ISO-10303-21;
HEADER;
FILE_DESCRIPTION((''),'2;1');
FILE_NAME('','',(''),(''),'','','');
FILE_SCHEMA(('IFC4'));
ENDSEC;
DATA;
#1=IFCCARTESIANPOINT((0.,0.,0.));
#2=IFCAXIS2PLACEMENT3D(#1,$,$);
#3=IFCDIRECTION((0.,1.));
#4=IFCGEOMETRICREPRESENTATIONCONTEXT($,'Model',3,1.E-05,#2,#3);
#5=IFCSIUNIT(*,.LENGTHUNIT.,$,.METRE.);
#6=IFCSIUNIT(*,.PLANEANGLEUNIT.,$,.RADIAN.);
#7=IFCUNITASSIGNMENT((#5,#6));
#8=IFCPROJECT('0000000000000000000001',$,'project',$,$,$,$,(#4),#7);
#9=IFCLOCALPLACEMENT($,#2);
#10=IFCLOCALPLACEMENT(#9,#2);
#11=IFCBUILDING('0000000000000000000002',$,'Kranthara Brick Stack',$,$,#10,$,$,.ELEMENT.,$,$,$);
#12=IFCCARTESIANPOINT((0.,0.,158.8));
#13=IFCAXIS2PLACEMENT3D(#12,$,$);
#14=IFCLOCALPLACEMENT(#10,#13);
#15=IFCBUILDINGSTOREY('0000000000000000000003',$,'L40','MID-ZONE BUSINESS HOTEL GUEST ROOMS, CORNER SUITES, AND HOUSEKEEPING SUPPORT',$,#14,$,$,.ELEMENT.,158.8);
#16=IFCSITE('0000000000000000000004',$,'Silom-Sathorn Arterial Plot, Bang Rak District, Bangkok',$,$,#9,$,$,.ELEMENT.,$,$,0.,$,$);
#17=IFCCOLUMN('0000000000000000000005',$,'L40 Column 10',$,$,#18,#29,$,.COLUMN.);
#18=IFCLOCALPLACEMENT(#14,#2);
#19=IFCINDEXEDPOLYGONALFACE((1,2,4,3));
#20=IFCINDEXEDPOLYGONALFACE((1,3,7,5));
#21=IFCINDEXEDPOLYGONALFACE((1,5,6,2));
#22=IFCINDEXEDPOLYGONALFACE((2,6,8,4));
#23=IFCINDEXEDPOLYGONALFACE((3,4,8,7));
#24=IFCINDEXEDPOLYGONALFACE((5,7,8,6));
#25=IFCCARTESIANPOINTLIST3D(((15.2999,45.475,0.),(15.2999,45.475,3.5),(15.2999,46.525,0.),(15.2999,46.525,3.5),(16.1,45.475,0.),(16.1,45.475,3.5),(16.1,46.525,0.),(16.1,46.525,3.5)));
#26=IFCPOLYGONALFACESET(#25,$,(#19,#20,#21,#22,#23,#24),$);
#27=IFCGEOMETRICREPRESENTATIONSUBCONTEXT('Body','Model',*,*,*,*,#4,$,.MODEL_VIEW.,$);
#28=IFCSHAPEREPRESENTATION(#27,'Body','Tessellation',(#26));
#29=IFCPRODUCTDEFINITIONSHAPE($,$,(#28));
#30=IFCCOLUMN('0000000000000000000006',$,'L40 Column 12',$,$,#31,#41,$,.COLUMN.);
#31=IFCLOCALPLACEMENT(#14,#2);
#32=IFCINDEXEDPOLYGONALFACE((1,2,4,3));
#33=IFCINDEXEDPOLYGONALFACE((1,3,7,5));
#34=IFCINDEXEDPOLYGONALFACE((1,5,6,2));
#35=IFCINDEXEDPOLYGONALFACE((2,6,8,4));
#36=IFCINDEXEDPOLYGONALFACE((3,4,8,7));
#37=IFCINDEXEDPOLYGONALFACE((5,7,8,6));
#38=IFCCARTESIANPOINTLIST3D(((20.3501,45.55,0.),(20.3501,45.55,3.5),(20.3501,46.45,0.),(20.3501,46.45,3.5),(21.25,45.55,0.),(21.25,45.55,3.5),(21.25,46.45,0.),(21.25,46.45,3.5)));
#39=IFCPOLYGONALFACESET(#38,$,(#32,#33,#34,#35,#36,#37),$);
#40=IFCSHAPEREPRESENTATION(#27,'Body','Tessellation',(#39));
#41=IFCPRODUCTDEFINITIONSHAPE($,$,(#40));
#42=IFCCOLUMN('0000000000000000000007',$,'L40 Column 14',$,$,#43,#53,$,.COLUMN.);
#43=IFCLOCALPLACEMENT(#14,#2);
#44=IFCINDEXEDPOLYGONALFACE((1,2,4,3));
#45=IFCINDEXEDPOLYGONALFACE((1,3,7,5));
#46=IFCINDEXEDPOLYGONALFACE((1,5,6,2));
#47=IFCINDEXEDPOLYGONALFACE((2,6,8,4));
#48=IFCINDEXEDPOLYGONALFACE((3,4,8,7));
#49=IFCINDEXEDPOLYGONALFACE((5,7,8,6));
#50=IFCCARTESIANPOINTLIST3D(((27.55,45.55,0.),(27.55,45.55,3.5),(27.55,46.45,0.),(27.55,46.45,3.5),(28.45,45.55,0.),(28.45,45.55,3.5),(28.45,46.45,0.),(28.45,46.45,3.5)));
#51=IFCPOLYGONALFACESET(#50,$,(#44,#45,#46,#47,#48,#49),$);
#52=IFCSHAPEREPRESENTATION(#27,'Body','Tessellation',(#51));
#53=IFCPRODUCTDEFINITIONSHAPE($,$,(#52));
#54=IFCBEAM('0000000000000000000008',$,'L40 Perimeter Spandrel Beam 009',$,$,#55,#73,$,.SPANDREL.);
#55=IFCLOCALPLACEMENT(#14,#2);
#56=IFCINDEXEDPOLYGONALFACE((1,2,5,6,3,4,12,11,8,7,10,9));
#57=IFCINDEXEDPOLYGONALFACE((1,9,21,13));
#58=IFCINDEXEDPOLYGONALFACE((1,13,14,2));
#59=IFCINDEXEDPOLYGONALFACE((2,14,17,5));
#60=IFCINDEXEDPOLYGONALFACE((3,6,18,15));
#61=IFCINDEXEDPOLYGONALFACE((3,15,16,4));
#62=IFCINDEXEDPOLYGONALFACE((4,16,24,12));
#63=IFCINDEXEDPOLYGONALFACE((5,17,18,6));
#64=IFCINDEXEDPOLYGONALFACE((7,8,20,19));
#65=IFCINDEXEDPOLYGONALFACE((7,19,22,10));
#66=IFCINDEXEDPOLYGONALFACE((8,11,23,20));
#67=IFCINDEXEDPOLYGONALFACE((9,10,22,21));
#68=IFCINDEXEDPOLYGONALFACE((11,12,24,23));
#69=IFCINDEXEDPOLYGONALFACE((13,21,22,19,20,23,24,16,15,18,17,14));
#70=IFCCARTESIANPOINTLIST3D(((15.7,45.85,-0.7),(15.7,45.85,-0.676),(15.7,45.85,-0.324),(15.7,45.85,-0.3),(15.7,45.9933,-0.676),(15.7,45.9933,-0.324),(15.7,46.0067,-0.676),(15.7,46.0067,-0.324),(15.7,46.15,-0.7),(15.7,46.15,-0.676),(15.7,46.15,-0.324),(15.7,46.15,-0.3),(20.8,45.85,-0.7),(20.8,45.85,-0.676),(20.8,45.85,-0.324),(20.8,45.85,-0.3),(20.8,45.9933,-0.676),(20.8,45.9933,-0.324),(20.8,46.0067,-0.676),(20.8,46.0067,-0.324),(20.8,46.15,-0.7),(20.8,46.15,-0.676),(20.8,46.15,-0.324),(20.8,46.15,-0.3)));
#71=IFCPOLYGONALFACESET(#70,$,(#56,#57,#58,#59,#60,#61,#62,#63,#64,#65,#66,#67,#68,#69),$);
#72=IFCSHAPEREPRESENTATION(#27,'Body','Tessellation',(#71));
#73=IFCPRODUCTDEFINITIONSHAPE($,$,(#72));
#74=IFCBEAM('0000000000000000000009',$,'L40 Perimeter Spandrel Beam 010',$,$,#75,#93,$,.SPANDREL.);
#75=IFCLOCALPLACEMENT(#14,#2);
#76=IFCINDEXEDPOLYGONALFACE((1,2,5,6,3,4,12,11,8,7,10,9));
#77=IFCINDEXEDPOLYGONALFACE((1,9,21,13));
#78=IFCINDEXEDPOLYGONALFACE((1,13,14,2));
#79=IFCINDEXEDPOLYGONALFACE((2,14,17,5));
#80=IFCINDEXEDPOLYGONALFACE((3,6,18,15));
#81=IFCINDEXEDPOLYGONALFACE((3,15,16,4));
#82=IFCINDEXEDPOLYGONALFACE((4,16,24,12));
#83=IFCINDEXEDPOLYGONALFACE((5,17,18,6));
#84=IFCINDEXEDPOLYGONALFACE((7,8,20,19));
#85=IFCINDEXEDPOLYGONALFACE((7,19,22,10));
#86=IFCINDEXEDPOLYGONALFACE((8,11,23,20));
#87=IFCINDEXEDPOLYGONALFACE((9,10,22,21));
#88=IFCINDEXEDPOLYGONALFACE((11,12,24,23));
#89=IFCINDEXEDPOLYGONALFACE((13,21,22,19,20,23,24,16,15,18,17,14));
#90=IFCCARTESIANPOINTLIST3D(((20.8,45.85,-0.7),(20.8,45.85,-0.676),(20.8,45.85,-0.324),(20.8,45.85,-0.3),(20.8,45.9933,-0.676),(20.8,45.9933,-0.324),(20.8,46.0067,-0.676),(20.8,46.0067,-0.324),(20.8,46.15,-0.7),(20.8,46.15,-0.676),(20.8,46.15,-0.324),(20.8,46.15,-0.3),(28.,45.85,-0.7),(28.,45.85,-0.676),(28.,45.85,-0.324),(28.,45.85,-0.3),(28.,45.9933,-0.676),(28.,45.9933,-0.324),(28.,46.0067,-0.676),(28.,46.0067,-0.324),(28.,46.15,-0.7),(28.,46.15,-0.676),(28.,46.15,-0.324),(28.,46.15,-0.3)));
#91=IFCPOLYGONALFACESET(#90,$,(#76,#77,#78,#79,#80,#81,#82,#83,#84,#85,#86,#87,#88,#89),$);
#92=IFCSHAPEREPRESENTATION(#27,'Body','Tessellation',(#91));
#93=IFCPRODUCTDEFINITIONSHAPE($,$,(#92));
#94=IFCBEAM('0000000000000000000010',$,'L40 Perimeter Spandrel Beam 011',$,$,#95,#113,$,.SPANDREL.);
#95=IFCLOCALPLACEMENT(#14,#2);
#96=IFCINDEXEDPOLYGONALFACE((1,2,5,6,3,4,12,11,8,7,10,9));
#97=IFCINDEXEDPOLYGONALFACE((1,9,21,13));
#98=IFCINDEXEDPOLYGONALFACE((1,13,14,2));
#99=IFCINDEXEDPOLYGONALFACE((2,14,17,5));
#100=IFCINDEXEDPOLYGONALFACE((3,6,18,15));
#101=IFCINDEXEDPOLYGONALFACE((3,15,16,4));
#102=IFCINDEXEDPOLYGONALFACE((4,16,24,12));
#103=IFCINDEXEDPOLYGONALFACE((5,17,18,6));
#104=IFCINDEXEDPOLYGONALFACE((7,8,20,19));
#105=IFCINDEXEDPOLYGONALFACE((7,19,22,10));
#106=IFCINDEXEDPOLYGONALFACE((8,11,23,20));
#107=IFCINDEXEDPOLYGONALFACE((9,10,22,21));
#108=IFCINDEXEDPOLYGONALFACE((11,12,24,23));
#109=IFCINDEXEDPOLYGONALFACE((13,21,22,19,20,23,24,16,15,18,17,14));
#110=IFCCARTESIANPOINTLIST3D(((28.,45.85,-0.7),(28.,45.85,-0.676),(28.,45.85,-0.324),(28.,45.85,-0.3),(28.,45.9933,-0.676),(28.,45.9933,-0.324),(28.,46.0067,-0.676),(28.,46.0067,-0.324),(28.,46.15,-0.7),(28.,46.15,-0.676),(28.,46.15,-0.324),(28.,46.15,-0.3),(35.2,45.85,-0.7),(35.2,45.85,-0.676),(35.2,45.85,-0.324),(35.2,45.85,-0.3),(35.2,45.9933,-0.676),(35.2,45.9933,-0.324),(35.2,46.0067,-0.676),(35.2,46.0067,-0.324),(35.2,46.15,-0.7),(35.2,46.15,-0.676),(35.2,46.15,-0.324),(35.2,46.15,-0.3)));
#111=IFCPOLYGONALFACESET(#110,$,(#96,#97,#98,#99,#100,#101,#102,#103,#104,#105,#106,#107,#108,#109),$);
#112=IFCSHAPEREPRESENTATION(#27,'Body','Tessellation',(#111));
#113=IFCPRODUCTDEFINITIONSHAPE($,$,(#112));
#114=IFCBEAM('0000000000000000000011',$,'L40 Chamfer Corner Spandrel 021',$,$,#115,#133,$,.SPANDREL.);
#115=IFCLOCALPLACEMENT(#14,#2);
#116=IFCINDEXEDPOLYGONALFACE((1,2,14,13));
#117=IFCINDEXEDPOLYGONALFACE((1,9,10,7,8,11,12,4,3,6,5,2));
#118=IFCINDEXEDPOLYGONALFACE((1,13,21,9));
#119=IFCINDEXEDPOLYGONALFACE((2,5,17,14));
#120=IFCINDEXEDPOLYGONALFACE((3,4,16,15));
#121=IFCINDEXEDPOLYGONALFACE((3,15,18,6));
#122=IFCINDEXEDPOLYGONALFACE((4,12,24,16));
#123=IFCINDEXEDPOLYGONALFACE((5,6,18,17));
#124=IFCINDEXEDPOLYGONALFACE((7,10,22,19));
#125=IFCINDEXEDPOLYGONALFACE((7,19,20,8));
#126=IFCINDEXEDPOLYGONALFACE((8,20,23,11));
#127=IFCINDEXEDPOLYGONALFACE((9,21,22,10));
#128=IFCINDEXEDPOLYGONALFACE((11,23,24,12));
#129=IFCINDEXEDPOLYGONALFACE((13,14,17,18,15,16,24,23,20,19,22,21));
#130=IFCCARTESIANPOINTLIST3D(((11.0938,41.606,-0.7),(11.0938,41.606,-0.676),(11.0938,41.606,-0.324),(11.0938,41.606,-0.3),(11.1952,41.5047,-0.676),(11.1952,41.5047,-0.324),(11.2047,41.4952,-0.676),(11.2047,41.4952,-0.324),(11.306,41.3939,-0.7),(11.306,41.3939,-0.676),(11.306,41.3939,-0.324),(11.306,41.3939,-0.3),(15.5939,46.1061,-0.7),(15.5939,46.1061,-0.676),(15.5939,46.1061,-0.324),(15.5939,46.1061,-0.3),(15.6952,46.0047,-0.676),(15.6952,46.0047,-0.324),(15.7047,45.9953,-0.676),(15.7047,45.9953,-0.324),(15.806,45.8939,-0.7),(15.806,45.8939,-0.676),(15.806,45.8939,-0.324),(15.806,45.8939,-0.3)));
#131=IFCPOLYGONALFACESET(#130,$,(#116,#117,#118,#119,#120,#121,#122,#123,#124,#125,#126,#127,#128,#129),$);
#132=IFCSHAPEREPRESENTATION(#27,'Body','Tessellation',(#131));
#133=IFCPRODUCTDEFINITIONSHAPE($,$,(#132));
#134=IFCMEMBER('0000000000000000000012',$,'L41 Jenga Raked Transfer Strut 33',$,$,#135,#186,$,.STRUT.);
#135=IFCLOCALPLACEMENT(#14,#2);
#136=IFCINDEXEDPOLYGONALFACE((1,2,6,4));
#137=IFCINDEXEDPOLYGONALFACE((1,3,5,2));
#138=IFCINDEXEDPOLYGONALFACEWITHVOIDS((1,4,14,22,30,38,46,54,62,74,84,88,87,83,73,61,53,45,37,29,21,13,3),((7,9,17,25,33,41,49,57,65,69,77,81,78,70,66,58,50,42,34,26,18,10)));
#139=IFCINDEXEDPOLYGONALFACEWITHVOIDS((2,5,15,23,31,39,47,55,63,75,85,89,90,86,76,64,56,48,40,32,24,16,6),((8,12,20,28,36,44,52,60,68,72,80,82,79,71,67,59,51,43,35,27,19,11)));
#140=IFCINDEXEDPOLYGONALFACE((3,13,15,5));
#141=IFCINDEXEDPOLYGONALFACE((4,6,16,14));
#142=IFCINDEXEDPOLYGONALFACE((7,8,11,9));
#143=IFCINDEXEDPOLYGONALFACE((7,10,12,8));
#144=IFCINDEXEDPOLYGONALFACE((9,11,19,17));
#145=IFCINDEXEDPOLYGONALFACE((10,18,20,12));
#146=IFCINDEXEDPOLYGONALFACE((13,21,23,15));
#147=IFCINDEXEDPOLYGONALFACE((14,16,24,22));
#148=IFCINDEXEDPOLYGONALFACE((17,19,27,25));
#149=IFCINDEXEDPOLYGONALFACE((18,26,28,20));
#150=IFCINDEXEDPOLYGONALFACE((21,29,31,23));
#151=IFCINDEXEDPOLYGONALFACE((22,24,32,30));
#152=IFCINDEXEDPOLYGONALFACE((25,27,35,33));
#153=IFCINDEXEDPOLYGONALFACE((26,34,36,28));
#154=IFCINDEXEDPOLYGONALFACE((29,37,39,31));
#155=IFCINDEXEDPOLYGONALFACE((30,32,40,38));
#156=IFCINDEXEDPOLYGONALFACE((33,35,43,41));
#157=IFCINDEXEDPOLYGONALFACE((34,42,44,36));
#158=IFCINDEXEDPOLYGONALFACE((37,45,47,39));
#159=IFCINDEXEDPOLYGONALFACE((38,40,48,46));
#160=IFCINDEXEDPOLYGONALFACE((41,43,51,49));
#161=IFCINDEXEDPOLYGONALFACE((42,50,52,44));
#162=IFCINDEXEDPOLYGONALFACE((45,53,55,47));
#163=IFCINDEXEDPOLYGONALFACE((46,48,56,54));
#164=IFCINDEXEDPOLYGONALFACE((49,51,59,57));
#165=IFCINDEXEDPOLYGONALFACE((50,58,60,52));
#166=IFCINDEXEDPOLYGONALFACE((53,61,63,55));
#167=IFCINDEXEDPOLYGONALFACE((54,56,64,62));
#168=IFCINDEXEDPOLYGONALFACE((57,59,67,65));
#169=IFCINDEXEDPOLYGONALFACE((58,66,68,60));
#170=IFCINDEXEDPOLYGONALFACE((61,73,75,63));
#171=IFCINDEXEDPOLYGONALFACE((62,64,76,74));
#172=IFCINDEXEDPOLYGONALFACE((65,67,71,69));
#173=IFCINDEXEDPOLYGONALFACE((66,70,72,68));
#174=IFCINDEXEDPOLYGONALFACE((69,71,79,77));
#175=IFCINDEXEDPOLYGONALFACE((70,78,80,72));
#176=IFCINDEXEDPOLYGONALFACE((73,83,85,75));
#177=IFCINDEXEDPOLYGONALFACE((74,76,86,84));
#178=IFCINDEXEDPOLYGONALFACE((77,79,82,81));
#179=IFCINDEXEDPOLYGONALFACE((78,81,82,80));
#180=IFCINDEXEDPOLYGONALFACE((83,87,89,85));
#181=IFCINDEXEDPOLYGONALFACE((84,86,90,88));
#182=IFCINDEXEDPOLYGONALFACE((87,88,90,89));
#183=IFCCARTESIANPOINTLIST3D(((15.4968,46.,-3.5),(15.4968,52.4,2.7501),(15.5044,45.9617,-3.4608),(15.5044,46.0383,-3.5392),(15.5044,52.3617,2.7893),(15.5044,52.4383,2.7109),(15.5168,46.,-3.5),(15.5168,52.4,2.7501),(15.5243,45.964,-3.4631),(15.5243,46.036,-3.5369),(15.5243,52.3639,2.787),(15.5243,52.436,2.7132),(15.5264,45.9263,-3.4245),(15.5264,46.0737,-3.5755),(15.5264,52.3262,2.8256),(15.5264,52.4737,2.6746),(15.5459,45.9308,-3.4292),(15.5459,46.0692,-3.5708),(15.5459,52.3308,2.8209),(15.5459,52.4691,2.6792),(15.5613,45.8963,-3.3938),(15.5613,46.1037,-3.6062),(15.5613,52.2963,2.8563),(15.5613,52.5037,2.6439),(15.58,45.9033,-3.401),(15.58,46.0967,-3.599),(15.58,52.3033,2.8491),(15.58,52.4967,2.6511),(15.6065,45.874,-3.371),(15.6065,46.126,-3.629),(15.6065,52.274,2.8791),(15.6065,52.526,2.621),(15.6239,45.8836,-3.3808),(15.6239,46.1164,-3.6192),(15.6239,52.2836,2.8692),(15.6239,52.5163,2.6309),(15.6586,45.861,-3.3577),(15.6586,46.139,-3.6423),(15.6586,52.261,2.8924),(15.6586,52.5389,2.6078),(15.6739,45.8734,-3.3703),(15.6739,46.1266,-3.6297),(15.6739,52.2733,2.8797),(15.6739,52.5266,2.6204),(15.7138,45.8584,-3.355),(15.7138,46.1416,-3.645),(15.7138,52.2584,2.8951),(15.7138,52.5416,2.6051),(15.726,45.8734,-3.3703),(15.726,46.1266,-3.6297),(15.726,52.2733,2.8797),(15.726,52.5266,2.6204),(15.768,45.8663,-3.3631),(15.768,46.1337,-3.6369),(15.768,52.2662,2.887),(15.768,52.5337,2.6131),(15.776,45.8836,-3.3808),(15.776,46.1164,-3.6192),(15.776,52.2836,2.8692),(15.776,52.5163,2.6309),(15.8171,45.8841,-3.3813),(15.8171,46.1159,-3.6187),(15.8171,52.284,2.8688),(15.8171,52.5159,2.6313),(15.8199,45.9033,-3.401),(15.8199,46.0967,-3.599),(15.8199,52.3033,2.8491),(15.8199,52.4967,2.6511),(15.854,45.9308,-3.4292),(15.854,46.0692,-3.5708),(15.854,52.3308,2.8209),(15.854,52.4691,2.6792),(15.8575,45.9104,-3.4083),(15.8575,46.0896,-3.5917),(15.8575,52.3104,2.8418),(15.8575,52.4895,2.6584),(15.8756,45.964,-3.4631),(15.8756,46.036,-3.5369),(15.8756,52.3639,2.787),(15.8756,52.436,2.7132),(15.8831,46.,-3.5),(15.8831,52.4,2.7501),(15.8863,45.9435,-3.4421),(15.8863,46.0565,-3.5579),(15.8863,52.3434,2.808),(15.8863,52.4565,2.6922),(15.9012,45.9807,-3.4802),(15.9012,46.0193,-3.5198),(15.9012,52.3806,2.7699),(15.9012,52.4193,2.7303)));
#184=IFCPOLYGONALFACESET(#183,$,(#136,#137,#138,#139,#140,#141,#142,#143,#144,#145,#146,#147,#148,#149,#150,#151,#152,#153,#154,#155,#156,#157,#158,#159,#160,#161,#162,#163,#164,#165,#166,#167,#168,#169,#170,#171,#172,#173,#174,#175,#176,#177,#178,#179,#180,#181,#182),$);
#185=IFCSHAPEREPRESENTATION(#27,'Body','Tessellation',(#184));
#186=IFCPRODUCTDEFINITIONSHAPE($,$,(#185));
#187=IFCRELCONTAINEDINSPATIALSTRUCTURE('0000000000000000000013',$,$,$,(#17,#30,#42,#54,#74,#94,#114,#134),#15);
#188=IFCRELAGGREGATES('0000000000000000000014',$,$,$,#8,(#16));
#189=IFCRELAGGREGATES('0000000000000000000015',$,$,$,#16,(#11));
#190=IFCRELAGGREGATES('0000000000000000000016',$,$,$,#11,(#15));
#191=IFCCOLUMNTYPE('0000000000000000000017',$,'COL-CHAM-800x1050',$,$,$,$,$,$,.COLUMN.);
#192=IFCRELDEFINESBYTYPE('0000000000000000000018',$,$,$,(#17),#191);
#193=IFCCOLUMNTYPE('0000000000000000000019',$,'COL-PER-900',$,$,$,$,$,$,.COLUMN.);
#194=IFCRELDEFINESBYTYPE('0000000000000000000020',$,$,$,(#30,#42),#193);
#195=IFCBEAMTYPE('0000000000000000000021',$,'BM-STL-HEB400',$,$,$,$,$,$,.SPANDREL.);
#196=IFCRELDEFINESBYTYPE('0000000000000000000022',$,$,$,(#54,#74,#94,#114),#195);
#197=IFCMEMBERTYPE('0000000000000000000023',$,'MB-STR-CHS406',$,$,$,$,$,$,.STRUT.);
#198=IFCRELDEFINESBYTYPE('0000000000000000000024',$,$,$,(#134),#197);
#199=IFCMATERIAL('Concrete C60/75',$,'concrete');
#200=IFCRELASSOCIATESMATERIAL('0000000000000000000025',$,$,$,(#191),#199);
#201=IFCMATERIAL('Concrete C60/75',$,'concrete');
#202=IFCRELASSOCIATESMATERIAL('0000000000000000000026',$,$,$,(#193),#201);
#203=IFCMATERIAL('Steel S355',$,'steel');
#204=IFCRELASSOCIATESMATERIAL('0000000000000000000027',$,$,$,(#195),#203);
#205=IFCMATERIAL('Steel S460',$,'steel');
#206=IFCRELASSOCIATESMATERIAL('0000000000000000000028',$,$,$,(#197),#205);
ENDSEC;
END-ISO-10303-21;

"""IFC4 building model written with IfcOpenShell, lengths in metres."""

from ifc_helpers import new_model, si_unit, direction, frame, origin, origin_2d, place, context, subcontext, project, spatial, rectangle, hollow_circle, i_section, extrude, material, material_profile, profile_set, type_object, element, save


model = new_model("IFC4")

# Units and contexts
model_context = context("Model", 3, precision=1e-05, world=origin(), true_north=direction((0.0, 1.0)))
body_context = subcontext(model_context, "Body", "Model", "MODEL_VIEW")
ifc_project = project(units=[si_unit("LENGTHUNIT", "METRE"), si_unit("PLANEANGLEUNIT", "RADIAN")], contexts=[model_context])

# Site, building, storey
site_placement = place(None, origin())
site = spatial("IfcSite", under=ifc_project, at=site_placement, Name="Silom-Sathorn Arterial Plot, Bang Rak District, Bangkok", CompositionType="ELEMENT", RefElevation=0.0)
building_placement = place(site_placement, origin())
building = spatial("IfcBuilding", under=site, at=building_placement, Name="Kranthara Brick Stack", CompositionType="ELEMENT")
storey_placement = place(building_placement, frame((0.0, 0.0, 158.8)))
storey = spatial("IfcBuildingStorey", under=building, at=storey_placement, Name="L40", Description="MID-ZONE BUSINESS HOTEL GUEST ROOMS, CORNER SUITES, AND HOUSEKEEPING SUPPORT", CompositionType="ELEMENT", Elevation=158.8)

# Columns
ifc_material_1 = material(Name="Concrete C60/75", Category="concrete")
ifc_material_profile_1 = material_profile(ifc_material_1, rectangle(XDim=0.8, YDim=1.05, at=origin_2d()), Name="RC 800x1050")
ifc_profile_set_1 = profile_set([ifc_material_profile_1], Name="Concrete C60/75")
column_type_1 = type_object("IfcColumnType", Name="COL-CHAM-800x1050", PredefinedType="COLUMN", material=ifc_profile_set_1)
column_placement = place(storey_placement, frame((15.7, 46.0, 0.0), z_axis=(0.0, 0.0, 1.0), x_axis=(1.0, 0.0, 0.0)))
element("IfcColumn", 1, at=column_placement, inside=storey, type_object=column_type_1, Name="L40 Column 10", PredefinedType="COLUMN", context=body_context, shape_type="SweptSolid", body=[
    extrude(rectangle(XDim=0.8, YDim=1.05, at=origin_2d()), origin(), (0.0, 0.0, 1.0), 3.5),
])
ifc_material_2 = material(Name="Concrete C60/75", Category="concrete")
ifc_material_profile_2 = material_profile(ifc_material_2, rectangle(XDim=0.8999, YDim=0.8999, at=origin_2d()), Name="RC 900x900")
ifc_profile_set_2 = profile_set([ifc_material_profile_2], Name="Concrete C60/75")
column_type_2 = type_object("IfcColumnType", Name="COL-PER-900", PredefinedType="COLUMN", material=ifc_profile_set_2)
for number, where, z_axis, x_axis, name in (
    (2, (20.8, 46.0, 0.0), (0.0, 0.0, 1.0), (1.0, 0.0, 0.0), "L40 Column 12"),
    (3, (28.0, 46.0, 0.0), (0.0, 0.0, 1.0), (1.0, 0.0, 0.0), "L40 Column 14"),
):
    element("IfcColumn", number, at=place(storey_placement, frame(where, z_axis=z_axis, x_axis=x_axis)), inside=storey, type_object=column_type_2, Name=name, PredefinedType="COLUMN", context=body_context, shape_type="SweptSolid", body=[
        extrude(rectangle(XDim=0.8999, YDim=0.8999, at=origin_2d()), origin(), (0.0, 0.0, 1.0), 3.5),
    ])

# Beams
ifc_material_3 = material(Name="Steel S355", Category="steel")
ifc_material_profile_3 = material_profile(ifc_material_3, i_section(OverallWidth=0.3, OverallDepth=0.3999, WebThickness=0.0134, FlangeThickness=0.0239, at=origin_2d()), Name="HEB 400")
ifc_profile_set_3 = profile_set([ifc_material_profile_3], Name="Steel S355")
beam_type = type_object("IfcBeamType", Name="BM-STL-HEB400", PredefinedType="SPANDREL", material=ifc_profile_set_3)
beam_1_placement = place(storey_placement, frame((15.7, 46.0, -0.5), z_axis=(1.0, 0.0, 0.0), x_axis=(0.0, 1.0, 0.0)))
element("IfcBeam", 4, at=beam_1_placement, inside=storey, type_object=beam_type, Name="L40 Perimeter Spandrel Beam 009", PredefinedType="SPANDREL", context=body_context, shape_type="SweptSolid", body=[
    extrude(i_section(OverallWidth=0.3, OverallDepth=0.3999, WebThickness=0.0134, FlangeThickness=0.0239, at=origin_2d()), origin(), (0.0, 0.0, 1.0), 5.1001),
])
for number, where, z_axis, x_axis, name in (
    (5, (20.8, 46.0, -0.5), (1.0, 0.0, 0.0), (0.0, 1.0, 0.0), "L40 Perimeter Spandrel Beam 010"),
    (6, (28.0, 46.0, -0.5), (1.0, 0.0, 0.0), (0.0, 1.0, 0.0), "L40 Perimeter Spandrel Beam 011"),
):
    element("IfcBeam", number, at=place(storey_placement, frame(where, z_axis=z_axis, x_axis=x_axis)), inside=storey, type_object=beam_type, Name=name, PredefinedType="SPANDREL", context=body_context, shape_type="SweptSolid", body=[
        extrude(i_section(OverallWidth=0.3, OverallDepth=0.3999, WebThickness=0.0134, FlangeThickness=0.0239, at=origin_2d()), origin(), (0.0, 0.0, 1.0), 7.2),
    ])
beam_2_placement = place(storey_placement, frame((15.7, 46.0, -0.5), z_axis=(-0.707107, -0.707107, 0.0), x_axis=(0.707107, -0.707107, 0.0)))
element("IfcBeam", 7, at=beam_2_placement, inside=storey, type_object=beam_type, Name="L40 Chamfer Corner Spandrel 021", PredefinedType="SPANDREL", context=body_context, shape_type="SweptSolid", body=[
    extrude(i_section(OverallWidth=0.3, OverallDepth=0.3999, WebThickness=0.0134, FlangeThickness=0.0239, at=origin_2d()), origin(), (0.0, 0.0, 1.0), 6.364),
])

# Member
ifc_material_4 = material(Name="Steel S460", Category="steel")
ifc_material_profile_4 = material_profile(ifc_material_4, hollow_circle(Radius=0.2031, WallThickness=0.02, at=origin_2d()), Name="CHS 406.4x20")
ifc_profile_set_4 = profile_set([ifc_material_profile_4], Name="Steel S460")
member_type = type_object("IfcMemberType", Name="MB-STR-CHS406", PredefinedType="STRUT", material=ifc_profile_set_4)
for number, where, z_axis, x_axis, name in (
    (8, (15.7, 46.0, -3.5), (0.0, 0.715436, 0.698678), (-1.0, 0.0, 0.0), "L41 Jenga Raked Transfer Strut 33"),
):
    element("IfcMember", number, at=place(storey_placement, frame(where, z_axis=z_axis, x_axis=x_axis)), inside=storey, type_object=member_type, Name=name, PredefinedType="STRUT", context=body_context, shape_type="SweptSolid", body=[
        extrude(hollow_circle(Radius=0.2031, WallThickness=0.02, at=origin_2d()), origin(), (0.0, 0.0, 1.0), 8.9456),
    ])

save(model, "model.ifc")
